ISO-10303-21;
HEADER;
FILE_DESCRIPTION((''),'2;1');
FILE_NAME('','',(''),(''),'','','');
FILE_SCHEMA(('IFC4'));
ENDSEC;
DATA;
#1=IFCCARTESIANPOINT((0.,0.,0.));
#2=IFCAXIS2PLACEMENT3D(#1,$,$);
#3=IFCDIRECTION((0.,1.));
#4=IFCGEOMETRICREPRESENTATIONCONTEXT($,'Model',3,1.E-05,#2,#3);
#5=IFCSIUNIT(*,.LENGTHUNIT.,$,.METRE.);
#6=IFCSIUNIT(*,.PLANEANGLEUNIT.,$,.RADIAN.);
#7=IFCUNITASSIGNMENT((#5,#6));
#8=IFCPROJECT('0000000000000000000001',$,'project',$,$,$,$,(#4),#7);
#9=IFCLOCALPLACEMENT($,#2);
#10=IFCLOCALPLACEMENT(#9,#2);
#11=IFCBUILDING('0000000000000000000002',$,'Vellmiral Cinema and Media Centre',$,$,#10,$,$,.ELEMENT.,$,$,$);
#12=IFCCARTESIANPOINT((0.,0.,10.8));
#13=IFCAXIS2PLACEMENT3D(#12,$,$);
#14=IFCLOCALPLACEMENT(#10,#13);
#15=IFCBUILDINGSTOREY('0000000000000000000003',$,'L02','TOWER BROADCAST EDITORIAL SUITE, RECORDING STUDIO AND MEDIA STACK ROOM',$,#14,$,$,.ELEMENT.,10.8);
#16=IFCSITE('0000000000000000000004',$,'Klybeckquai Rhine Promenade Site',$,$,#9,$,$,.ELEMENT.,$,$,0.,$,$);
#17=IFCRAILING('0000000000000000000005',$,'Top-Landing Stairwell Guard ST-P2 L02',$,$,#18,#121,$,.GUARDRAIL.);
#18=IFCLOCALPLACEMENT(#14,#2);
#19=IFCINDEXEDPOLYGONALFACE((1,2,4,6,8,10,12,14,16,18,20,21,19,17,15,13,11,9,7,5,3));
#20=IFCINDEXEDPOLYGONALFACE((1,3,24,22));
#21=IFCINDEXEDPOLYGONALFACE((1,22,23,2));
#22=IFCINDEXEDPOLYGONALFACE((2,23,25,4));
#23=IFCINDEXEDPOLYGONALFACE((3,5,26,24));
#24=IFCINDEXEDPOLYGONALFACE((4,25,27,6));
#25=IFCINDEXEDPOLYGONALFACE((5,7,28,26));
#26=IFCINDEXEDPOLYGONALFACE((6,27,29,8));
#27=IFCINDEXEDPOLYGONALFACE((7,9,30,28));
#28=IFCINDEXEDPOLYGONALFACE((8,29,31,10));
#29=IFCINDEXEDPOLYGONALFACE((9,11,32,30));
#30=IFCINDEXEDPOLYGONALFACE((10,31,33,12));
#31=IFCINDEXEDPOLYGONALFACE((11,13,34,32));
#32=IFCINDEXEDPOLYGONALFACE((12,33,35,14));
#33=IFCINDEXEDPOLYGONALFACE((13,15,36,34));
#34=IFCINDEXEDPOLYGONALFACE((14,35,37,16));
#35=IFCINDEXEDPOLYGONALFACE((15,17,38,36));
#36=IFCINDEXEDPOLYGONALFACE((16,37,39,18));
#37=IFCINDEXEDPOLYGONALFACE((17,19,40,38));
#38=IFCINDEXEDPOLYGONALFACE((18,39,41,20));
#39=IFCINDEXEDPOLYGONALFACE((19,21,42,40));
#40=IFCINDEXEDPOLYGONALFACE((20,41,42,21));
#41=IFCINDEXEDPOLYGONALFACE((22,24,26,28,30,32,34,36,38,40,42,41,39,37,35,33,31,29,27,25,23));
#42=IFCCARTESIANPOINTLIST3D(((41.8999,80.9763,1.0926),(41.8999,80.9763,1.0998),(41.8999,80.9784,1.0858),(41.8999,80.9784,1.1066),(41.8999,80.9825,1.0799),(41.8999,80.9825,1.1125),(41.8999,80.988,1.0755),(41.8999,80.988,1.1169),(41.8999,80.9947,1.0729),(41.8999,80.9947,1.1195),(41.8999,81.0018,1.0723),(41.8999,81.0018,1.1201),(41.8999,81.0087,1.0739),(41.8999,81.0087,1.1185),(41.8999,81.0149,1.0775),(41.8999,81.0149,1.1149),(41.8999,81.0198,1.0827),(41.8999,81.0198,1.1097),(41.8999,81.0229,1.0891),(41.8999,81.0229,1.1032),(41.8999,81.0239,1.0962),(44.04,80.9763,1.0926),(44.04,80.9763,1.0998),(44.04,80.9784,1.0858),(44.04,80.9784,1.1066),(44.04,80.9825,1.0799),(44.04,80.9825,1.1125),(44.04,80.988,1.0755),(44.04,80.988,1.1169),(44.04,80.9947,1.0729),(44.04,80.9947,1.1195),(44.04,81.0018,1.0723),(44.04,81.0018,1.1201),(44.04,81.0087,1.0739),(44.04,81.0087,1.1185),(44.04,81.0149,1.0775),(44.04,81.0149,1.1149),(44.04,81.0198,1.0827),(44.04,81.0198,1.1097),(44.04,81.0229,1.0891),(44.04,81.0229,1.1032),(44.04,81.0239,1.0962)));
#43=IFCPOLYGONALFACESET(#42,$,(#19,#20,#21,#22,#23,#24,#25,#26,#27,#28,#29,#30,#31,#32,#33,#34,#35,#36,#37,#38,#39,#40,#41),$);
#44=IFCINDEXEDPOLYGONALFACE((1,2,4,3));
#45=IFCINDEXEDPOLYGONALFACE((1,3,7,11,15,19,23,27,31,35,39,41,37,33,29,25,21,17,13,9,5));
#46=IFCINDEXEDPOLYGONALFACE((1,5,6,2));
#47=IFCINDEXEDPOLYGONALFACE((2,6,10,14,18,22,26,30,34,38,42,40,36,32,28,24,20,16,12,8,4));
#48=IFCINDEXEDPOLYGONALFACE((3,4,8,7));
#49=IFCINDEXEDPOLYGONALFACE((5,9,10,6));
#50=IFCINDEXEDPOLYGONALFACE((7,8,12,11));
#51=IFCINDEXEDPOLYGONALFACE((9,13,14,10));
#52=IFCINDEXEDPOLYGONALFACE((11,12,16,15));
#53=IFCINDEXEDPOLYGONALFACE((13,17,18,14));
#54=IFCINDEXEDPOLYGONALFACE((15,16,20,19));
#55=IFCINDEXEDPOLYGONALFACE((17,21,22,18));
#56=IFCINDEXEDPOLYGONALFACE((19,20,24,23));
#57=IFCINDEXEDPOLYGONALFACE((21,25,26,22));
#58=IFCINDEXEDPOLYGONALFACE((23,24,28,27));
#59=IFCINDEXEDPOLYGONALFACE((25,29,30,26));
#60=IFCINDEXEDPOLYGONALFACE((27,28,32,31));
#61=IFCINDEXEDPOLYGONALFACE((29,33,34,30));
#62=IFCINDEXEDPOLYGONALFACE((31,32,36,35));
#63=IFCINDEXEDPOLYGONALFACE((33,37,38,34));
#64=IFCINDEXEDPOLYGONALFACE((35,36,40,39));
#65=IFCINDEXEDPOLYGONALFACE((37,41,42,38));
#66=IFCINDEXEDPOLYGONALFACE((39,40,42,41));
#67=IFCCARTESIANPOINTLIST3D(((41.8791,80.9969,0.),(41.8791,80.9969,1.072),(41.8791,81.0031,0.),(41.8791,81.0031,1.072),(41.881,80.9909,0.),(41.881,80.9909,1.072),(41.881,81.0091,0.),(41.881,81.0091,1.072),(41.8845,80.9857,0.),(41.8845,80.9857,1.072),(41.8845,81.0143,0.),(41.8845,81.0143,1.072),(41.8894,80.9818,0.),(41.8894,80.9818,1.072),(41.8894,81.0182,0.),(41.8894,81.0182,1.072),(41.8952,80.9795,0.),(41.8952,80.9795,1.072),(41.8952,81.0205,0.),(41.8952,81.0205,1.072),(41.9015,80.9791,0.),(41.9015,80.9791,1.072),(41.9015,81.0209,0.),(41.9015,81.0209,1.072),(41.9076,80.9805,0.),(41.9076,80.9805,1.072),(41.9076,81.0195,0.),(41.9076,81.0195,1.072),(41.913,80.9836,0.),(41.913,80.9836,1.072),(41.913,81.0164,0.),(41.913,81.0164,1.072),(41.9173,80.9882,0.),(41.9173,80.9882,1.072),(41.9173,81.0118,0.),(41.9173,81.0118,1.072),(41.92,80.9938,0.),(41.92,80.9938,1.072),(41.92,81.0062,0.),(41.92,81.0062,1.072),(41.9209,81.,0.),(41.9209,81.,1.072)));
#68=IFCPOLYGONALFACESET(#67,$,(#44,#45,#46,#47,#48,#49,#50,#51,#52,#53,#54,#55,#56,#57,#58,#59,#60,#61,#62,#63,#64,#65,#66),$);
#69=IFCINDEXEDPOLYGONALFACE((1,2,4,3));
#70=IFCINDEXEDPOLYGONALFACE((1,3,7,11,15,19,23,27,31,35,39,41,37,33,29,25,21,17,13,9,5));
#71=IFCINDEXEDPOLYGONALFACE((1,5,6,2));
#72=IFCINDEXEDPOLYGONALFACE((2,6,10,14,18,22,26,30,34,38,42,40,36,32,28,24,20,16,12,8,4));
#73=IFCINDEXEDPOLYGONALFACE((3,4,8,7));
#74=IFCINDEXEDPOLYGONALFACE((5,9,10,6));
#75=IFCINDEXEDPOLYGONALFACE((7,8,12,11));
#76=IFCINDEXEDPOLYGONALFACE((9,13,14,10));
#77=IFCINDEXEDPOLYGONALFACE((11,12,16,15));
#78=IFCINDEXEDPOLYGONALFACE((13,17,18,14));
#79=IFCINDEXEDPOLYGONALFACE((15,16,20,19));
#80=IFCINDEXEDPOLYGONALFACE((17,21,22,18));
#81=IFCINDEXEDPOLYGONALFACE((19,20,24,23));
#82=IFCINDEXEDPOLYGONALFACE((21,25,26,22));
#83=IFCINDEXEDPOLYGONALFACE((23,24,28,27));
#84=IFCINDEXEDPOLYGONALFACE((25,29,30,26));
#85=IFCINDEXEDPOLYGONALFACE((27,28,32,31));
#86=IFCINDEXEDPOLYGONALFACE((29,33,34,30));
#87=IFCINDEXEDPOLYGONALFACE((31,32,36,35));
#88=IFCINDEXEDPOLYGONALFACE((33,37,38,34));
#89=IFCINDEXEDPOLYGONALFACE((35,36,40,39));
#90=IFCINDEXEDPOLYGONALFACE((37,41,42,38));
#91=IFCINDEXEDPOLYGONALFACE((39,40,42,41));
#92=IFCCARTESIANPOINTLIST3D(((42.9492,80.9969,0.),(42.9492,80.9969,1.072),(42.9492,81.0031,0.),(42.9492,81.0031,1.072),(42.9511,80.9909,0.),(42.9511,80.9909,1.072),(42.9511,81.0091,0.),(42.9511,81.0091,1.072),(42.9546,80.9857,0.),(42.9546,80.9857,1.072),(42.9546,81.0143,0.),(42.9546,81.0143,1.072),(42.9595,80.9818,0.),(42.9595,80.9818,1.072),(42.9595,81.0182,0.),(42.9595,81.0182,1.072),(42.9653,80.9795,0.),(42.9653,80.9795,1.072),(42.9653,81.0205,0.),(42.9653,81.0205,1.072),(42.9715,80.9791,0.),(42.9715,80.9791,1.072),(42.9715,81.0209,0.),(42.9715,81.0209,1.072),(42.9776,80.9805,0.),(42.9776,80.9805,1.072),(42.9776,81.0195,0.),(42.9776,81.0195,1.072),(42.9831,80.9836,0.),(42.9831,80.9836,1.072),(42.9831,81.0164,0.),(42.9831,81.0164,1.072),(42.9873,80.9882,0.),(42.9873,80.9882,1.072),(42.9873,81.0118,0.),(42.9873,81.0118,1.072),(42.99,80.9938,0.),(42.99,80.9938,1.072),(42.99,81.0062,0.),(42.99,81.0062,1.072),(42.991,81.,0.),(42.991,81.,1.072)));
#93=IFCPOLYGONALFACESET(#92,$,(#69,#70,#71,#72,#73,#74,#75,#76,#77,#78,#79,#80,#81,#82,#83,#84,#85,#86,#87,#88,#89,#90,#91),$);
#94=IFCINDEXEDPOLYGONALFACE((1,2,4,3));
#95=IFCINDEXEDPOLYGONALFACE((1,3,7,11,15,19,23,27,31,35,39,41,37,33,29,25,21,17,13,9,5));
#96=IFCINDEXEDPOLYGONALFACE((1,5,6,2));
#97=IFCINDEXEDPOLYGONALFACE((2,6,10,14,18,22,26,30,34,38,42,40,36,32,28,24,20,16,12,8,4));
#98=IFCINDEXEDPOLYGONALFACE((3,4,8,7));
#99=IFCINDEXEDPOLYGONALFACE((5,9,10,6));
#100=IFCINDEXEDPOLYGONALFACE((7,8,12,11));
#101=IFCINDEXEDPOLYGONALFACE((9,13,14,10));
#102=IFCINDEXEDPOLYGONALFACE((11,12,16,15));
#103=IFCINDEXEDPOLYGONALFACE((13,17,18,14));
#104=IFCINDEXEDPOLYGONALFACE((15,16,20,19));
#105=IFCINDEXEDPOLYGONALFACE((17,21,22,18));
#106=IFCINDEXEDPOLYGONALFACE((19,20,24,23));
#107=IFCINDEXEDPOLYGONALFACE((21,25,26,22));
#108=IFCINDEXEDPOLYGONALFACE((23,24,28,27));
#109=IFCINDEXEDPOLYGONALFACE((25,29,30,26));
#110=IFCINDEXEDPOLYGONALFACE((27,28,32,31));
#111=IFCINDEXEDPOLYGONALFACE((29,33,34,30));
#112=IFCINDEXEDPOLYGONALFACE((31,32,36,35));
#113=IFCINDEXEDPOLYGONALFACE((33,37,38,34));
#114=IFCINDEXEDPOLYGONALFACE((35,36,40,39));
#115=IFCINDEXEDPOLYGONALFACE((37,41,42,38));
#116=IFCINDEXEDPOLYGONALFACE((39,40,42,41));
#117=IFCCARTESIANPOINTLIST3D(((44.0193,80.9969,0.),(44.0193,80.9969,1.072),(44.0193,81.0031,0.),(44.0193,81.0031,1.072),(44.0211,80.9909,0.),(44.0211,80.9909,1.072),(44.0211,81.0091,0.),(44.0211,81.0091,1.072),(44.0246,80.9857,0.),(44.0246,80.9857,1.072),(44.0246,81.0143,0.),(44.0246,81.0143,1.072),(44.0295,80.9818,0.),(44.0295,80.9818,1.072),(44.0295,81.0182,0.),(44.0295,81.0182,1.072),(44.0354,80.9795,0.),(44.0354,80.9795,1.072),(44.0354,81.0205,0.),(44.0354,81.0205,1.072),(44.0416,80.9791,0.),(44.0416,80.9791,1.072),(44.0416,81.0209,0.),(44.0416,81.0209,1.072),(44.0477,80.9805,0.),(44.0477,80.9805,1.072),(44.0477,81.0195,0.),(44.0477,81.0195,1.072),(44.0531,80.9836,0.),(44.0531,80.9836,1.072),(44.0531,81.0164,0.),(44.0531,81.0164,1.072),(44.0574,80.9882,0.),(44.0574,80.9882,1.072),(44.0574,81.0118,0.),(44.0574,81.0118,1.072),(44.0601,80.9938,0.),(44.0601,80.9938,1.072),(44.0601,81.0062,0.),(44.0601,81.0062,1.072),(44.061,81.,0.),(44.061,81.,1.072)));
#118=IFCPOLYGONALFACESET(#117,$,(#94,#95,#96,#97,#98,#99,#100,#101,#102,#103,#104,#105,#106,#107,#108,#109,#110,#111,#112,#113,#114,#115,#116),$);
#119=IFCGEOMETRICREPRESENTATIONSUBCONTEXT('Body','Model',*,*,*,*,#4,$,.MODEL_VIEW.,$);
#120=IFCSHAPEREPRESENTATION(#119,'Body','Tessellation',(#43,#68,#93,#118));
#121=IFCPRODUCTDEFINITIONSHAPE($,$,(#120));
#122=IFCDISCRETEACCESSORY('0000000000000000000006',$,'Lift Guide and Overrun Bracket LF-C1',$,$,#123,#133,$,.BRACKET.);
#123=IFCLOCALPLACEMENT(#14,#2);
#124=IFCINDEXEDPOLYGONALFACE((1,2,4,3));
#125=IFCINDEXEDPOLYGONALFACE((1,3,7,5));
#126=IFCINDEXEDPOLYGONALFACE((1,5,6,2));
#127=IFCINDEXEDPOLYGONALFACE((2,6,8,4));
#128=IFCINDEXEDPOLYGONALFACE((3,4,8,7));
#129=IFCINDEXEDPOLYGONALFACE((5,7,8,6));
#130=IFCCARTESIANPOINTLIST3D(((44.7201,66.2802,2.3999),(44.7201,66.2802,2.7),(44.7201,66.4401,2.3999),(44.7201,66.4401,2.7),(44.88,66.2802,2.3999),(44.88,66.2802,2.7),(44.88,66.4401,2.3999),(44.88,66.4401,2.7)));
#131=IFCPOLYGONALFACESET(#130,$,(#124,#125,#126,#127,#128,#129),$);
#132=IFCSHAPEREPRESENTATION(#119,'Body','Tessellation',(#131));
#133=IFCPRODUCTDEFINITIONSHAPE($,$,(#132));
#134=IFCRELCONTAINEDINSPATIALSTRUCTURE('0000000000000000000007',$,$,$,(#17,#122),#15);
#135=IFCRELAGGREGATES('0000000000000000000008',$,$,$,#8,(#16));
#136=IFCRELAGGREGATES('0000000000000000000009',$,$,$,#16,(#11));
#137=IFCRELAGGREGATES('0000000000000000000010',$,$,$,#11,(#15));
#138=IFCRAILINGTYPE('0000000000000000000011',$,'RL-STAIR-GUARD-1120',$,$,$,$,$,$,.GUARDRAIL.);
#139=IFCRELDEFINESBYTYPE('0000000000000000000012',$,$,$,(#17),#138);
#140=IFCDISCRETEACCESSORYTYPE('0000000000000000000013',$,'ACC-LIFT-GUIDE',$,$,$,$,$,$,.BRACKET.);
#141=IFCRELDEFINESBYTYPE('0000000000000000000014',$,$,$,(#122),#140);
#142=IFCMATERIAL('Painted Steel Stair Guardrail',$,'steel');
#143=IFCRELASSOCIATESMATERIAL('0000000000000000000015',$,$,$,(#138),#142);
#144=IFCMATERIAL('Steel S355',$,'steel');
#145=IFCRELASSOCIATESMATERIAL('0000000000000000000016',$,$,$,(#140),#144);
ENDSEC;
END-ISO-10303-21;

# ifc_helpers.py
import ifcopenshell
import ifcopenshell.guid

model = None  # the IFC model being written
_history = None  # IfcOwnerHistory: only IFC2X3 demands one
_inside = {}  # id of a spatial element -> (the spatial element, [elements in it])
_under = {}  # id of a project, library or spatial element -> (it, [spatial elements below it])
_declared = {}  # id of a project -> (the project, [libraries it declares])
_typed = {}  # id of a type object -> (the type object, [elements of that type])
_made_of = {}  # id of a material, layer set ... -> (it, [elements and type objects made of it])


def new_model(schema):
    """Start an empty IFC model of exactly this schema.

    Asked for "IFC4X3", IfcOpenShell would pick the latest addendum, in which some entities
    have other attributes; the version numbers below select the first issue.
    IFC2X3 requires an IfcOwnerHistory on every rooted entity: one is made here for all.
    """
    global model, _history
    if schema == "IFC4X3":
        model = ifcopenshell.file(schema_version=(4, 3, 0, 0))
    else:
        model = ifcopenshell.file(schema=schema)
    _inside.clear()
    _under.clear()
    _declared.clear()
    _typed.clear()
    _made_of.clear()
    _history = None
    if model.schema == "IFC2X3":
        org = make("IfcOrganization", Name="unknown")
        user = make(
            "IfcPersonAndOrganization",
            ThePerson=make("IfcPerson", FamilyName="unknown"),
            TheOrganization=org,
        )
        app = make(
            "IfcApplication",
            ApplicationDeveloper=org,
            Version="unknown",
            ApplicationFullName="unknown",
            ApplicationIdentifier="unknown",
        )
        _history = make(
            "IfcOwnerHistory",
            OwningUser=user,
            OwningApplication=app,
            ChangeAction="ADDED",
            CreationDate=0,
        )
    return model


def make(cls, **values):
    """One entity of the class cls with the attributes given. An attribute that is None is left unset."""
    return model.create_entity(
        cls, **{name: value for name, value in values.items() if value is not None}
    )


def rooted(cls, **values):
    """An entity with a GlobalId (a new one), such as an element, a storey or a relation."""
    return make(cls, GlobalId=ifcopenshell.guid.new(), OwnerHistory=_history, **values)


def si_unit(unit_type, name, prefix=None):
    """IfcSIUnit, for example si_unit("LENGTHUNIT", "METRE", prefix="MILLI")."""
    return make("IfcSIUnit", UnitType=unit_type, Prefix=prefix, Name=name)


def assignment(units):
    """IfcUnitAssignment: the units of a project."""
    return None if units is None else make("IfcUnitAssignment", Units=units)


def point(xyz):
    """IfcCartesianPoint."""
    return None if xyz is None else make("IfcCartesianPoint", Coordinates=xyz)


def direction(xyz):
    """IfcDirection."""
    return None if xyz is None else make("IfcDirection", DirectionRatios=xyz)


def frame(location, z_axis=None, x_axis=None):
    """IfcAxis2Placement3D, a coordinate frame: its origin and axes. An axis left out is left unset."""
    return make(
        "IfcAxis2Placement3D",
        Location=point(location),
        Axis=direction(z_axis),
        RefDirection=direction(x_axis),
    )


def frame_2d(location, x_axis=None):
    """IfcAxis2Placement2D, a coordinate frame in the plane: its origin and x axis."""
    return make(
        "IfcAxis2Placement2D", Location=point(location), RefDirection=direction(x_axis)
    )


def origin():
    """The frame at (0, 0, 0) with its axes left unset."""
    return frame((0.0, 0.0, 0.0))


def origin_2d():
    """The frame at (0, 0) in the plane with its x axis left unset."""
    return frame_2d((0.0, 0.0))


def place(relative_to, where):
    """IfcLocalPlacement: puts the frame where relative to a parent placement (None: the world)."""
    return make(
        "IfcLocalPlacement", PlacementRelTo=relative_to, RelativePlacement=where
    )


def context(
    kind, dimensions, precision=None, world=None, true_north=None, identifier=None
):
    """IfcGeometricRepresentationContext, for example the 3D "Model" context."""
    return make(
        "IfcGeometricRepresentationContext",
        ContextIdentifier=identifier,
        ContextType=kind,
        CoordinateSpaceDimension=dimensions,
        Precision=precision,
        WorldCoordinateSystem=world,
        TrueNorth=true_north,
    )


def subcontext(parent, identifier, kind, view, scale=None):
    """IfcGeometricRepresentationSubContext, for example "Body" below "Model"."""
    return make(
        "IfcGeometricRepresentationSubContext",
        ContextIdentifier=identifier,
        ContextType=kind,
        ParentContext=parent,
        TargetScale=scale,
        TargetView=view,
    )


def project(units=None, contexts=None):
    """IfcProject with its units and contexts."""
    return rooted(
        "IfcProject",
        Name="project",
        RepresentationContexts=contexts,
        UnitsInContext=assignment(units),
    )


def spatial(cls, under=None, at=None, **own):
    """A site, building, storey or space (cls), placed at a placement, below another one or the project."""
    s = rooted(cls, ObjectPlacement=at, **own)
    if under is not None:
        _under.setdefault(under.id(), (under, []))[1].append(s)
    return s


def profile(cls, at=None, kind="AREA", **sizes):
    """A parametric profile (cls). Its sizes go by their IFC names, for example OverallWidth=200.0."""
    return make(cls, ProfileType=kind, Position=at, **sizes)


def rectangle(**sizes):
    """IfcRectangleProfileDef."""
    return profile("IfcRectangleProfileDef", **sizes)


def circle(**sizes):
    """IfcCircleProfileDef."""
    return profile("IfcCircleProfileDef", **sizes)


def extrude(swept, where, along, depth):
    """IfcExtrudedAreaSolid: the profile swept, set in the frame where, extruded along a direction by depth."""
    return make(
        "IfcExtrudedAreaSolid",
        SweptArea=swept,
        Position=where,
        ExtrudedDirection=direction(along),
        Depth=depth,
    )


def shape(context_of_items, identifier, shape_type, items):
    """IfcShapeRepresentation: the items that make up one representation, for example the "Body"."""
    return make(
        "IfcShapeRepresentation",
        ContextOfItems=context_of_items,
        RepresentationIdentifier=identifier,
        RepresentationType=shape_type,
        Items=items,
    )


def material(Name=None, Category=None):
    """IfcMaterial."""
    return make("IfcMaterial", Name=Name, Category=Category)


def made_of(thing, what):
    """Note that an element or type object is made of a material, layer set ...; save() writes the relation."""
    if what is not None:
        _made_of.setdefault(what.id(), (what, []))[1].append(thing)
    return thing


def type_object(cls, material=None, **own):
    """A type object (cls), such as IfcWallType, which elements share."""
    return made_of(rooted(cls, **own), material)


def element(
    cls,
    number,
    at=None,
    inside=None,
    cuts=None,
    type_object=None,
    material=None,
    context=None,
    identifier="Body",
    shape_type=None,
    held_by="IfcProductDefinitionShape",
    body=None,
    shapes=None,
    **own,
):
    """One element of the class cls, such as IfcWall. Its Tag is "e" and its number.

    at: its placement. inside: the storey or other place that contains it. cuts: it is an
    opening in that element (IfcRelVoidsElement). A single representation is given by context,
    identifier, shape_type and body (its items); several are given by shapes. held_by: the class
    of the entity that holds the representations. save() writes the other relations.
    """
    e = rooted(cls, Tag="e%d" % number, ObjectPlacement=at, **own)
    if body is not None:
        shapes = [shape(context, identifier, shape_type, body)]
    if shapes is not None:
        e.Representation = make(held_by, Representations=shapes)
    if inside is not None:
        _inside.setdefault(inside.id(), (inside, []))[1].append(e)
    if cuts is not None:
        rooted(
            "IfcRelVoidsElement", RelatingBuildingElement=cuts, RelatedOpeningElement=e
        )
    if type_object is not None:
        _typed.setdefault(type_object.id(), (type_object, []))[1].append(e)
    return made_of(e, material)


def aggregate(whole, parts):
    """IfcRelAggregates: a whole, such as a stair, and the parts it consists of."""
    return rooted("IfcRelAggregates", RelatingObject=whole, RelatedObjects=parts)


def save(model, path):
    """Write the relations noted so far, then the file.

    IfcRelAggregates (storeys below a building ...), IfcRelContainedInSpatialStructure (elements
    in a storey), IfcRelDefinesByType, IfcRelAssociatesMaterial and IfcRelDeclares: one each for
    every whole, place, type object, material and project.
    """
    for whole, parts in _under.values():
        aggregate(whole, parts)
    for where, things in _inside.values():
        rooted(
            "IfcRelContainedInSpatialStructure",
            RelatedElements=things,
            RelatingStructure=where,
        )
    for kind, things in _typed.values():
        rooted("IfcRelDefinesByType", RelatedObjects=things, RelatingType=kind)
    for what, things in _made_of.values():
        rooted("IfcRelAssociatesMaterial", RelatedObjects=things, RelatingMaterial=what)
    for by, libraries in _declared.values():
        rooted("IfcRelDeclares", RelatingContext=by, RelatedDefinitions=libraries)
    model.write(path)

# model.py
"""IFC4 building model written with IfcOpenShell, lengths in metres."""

from ifc_helpers import new_model, si_unit, direction, frame, origin, origin_2d, place, context, subcontext, project, spatial, rectangle, circle, extrude, material, type_object, element, save


model = new_model("IFC4")

# Units and contexts
model_context = context("Model", 3, precision=1e-05, world=origin(), true_north=direction((0.0, 1.0)))
body_context = subcontext(model_context, "Body", "Model", "MODEL_VIEW")
ifc_project = project(units=[si_unit("LENGTHUNIT", "METRE"), si_unit("PLANEANGLEUNIT", "RADIAN")], contexts=[model_context])

# Site, building, storey
site_placement = place(None, origin())
site = spatial("IfcSite", under=ifc_project, at=site_placement, Name="Klybeckquai Rhine Promenade Site", CompositionType="ELEMENT", RefElevation=0.0)
building_placement = place(site_placement, origin())
building = spatial("IfcBuilding", under=site, at=building_placement, Name="Vellmiral Cinema and Media Centre", CompositionType="ELEMENT")
storey_placement = place(building_placement, frame((0.0, 0.0, 10.8)))
storey = spatial("IfcBuildingStorey", under=building, at=storey_placement, Name="L02", Description="TOWER BROADCAST EDITORIAL SUITE, RECORDING STUDIO AND MEDIA STACK ROOM", CompositionType="ELEMENT", Elevation=10.8)

# Railing
ifc_material_1 = material(Name="Painted Steel Stair Guardrail", Category="steel")
railing_type = type_object("IfcRailingType", Name="RL-STAIR-GUARD-1120", PredefinedType="GUARDRAIL", material=ifc_material_1)
railing_placement = place(storey_placement, frame((41.8999, 81.0, 0.0)))
element("IfcRailing", 1, at=railing_placement, inside=storey, type_object=railing_type, Name="Top-Landing Stairwell Guard ST-P2 L02", PredefinedType="GUARDRAIL", context=body_context, shape_type="SweptSolid", body=[
    extrude(circle(Radius=0.0239, at=origin_2d()), frame((0.0, 0.0, 1.0962), z_axis=(1.0, 0.0, 0.0), x_axis=(0.0, 1.0, 0.0)), (0.0, 0.0, 1.0), 2.1401),
    extrude(circle(Radius=0.021, at=origin_2d()), origin(), (0.0, 0.0, 1.0), 1.072),
    extrude(circle(Radius=0.021, at=origin_2d()), frame((1.0701, 0.0, 0.0)), (0.0, 0.0, 1.0), 1.072),
    extrude(circle(Radius=0.021, at=origin_2d()), frame((2.1401, 0.0, 0.0)), (0.0, 0.0, 1.0), 1.072),
])

# Discrete accessory
ifc_material_2 = material(Name="Steel S355", Category="steel")
discrete_accessory_type = type_object("IfcDiscreteAccessoryType", Name="ACC-LIFT-GUIDE", PredefinedType="BRACKET", material=ifc_material_2)
discrete_accessory_placement = place(storey_placement, frame((44.8, 66.3601, 2.3999), z_axis=(0.0, 0.0, 1.0), x_axis=(1.0, 0.0, 0.0)))
element("IfcDiscreteAccessory", 2, at=discrete_accessory_placement, inside=storey, type_object=discrete_accessory_type, Name="Lift Guide and Overrun Bracket LF-C1", PredefinedType="BRACKET", context=body_context, shape_type="SweptSolid", body=[
    extrude(rectangle(XDim=0.1599, YDim=0.1599, at=origin_2d()), origin(), (0.0, 0.0, 1.0), 0.3),
])

save(model, "model.ifc")
